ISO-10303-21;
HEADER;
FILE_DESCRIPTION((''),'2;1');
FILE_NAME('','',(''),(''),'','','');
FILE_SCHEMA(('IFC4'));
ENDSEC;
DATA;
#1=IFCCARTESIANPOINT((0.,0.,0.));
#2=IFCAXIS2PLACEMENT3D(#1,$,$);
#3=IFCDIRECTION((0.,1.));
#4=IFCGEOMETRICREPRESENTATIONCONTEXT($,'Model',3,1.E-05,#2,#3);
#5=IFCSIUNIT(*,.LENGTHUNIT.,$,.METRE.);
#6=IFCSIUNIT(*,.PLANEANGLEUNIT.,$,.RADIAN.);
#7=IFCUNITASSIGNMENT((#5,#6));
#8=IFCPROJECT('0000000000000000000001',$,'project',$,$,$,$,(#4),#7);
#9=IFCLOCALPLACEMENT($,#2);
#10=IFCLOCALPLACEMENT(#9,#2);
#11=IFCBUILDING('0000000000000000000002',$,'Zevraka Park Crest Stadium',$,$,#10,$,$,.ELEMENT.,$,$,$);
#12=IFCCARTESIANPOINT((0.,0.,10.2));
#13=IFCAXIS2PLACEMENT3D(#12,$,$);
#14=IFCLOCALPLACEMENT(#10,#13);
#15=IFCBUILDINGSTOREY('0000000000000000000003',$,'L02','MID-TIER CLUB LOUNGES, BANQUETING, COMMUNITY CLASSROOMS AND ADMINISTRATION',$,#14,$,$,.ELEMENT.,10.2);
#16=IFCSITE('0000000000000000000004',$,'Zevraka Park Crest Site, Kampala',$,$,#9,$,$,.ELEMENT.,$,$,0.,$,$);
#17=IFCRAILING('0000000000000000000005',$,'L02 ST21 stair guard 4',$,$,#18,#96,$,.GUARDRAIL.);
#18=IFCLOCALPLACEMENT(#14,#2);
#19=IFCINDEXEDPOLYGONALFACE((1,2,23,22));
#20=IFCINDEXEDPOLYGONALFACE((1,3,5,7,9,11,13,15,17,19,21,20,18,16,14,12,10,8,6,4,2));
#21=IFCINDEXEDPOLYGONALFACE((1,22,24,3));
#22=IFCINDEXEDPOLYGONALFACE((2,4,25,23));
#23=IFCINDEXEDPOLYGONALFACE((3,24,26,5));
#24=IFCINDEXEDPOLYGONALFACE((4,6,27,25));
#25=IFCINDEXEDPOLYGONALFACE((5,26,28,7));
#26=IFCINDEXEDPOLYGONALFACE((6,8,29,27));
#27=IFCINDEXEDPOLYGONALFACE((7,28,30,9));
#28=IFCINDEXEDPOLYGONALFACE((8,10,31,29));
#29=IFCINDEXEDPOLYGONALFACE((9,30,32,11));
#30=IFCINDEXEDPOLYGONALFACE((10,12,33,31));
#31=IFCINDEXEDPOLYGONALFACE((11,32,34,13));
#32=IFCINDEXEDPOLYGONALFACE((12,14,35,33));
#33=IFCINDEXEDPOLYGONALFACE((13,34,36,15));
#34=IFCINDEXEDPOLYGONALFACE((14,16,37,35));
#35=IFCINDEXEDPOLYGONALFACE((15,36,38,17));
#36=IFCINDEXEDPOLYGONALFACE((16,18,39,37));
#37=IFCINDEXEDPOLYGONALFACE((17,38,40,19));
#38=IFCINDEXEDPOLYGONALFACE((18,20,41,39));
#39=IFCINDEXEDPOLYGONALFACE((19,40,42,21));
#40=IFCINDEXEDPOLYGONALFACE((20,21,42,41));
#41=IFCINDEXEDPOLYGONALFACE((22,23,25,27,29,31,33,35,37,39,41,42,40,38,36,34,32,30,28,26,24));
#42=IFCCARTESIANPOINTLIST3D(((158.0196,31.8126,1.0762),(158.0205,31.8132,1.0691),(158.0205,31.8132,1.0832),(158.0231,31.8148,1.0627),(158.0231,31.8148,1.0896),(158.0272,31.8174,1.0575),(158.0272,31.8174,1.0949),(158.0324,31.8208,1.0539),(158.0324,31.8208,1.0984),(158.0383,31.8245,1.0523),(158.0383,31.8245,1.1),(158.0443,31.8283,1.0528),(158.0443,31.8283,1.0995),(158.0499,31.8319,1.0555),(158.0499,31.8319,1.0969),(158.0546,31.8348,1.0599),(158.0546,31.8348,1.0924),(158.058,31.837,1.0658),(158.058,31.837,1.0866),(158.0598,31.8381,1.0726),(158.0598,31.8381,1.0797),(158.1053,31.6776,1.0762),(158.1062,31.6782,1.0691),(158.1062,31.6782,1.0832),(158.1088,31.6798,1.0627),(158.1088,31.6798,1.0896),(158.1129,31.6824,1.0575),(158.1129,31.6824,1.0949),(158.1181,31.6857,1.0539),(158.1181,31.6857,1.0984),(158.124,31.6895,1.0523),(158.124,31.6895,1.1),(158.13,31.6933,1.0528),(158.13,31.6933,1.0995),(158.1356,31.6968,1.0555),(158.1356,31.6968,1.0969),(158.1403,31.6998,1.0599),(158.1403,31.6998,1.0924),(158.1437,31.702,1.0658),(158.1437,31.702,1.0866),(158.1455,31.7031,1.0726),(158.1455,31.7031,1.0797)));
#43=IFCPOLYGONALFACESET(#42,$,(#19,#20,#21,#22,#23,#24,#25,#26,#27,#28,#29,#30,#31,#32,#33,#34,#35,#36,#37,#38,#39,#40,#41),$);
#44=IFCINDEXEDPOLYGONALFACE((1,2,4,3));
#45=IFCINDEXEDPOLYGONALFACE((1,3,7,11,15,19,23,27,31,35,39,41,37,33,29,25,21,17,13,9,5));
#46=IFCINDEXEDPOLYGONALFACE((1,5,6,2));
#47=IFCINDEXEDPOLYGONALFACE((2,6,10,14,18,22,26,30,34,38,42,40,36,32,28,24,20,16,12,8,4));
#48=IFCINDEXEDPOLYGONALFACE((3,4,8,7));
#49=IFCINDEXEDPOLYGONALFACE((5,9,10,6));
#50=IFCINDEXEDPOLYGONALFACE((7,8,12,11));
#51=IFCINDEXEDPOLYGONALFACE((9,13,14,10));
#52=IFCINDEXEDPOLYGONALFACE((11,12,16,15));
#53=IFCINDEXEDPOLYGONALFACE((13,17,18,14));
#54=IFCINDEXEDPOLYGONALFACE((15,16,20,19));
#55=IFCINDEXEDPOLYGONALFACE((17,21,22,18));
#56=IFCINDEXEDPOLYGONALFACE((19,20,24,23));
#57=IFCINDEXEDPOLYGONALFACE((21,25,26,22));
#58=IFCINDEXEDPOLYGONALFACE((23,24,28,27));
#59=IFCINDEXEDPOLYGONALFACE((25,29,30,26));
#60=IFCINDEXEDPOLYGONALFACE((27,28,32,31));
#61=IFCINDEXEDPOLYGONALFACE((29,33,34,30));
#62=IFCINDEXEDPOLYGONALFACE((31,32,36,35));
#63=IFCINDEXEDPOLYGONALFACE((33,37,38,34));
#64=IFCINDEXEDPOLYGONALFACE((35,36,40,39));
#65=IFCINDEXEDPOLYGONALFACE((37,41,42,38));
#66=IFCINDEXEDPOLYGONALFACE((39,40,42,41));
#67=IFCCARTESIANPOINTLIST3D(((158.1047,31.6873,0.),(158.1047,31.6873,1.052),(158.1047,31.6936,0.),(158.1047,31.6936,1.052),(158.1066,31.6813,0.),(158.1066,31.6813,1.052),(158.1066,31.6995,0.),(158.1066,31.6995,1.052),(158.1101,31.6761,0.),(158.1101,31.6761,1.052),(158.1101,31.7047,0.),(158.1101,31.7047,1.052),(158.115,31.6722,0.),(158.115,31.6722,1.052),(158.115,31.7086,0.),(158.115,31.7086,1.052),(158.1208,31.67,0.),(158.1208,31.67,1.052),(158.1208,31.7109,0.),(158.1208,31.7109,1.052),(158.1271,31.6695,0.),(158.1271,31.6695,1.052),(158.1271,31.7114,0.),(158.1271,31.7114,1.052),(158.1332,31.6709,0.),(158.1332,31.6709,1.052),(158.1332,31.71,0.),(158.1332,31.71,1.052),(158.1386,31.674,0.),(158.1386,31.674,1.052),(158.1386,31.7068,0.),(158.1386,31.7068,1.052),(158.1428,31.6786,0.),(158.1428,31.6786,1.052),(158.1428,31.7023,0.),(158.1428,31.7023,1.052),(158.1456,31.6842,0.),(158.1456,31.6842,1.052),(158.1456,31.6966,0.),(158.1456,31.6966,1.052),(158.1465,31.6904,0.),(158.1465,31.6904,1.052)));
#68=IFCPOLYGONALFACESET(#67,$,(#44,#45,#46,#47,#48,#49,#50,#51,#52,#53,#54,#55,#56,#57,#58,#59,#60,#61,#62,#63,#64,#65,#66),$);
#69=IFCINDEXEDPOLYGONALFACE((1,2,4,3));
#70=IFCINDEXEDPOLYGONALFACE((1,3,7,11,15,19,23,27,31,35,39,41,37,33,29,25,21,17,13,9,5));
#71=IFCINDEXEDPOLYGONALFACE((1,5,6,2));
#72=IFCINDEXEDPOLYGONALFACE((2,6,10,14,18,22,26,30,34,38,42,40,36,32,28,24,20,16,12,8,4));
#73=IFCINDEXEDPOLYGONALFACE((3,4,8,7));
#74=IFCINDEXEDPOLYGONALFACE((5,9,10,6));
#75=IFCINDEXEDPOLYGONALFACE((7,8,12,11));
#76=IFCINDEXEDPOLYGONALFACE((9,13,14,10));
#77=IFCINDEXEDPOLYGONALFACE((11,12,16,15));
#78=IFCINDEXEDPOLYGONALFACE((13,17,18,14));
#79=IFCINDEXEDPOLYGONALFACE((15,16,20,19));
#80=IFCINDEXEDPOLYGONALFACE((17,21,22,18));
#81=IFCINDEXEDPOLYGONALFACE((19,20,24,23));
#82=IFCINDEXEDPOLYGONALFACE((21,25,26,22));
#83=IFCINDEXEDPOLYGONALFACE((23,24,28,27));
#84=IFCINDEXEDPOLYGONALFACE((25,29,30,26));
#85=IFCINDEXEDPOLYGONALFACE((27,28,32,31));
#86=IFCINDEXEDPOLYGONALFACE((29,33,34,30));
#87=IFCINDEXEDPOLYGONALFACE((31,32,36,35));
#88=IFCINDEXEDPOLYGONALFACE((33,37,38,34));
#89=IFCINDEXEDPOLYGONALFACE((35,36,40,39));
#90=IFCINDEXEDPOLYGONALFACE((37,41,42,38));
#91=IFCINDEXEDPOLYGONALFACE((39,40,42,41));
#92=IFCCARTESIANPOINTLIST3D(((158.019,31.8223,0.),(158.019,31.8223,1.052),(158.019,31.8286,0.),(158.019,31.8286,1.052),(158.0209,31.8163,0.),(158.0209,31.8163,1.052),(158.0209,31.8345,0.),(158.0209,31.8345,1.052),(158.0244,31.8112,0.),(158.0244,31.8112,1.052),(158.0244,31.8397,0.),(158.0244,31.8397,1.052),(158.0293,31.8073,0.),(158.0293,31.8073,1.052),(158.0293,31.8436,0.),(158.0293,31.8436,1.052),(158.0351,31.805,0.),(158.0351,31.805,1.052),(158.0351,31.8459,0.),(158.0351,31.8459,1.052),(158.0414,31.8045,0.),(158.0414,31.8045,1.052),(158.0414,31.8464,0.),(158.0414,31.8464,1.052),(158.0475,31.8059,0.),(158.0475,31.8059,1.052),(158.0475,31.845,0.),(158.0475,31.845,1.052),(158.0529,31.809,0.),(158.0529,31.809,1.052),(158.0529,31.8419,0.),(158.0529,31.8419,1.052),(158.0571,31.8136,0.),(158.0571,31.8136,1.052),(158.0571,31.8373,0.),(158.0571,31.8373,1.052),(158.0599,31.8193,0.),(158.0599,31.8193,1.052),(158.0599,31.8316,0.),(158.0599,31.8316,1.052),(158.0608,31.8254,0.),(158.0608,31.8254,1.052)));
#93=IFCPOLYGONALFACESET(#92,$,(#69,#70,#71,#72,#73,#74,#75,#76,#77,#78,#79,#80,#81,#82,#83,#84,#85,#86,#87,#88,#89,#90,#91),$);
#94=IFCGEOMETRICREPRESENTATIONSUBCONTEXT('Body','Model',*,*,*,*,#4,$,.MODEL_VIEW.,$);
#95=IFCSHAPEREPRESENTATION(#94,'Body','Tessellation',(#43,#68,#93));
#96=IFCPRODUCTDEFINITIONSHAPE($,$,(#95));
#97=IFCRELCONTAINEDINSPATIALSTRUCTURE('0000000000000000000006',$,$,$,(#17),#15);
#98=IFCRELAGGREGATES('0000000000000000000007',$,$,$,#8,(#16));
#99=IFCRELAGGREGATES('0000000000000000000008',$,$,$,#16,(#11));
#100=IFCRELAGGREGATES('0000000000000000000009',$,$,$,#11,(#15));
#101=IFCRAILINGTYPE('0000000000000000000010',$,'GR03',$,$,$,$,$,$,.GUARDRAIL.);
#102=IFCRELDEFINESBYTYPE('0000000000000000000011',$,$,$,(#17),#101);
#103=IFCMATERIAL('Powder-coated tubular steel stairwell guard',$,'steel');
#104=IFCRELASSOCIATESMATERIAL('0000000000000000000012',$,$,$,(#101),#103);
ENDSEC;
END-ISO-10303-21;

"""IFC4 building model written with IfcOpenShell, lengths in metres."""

from ifc_helpers import new_model, si_unit, direction, frame, origin, origin_2d, place, context, subcontext, project, spatial, circle, extrude, material, type_object, element, save


model = new_model("IFC4")

# Units and contexts
model_context = context("Model", 3, precision=1e-05, world=origin(), true_north=direction((0.0, 1.0)))
body_context = subcontext(model_context, "Body", "Model", "MODEL_VIEW")
ifc_project = project(units=[si_unit("LENGTHUNIT", "METRE"), si_unit("PLANEANGLEUNIT", "RADIAN")], contexts=[model_context])

# Site, building, storey
site_placement = place(None, origin())
site = spatial("IfcSite", under=ifc_project, at=site_placement, Name="Zevraka Park Crest Site, Kampala", CompositionType="ELEMENT", RefElevation=0.0)
building_placement = place(site_placement, origin())
building = spatial("IfcBuilding", under=site, at=building_placement, Name="Zevraka Park Crest Stadium", CompositionType="ELEMENT")
storey_placement = place(building_placement, frame((0.0, 0.0, 10.2)))
storey = spatial("IfcBuildingStorey", under=building, at=storey_placement, Name="L02", Description="MID-TIER CLUB LOUNGES, BANQUETING, COMMUNITY CLASSROOMS AND ADMINISTRATION", CompositionType="ELEMENT", Elevation=10.2)

# Railing
ifc_material_1 = material(Name="Powder-coated tubular steel stairwell guard", Category="steel")
railing_type_1 = type_object("IfcRailingType", Name="GR03", PredefinedType="GUARDRAIL", material=ifc_material_1)
railing_1_placement = place(storey_placement, frame((158.1255, 31.6904, 0.0)))
element("IfcRailing", 1, at=railing_1_placement, inside=storey, type_object=railing_type_1, Name="L02 ST21 stair guard 4", PredefinedType="GUARDRAIL", context=body_context, shape_type="SweptSolid", body=[
    extrude(circle(Radius=0.0239, at=origin_2d()), frame((0.0, 0.0, 1.0762), z_axis=(-0.535887, 0.84429, 0.0), x_axis=(-0.84429, -0.535887, 0.0)), (0.0, 0.0, 1.0), 0.1599),
    extrude(circle(Radius=0.021, at=origin_2d()), origin(), (0.0, 0.0, 1.0), 1.052),
    extrude(circle(Radius=0.021, at=origin_2d()), frame((-0.0857, 0.135, 0.0)), (0.0, 0.0, 1.0), 1.052),
])

save(model, "model.ifc")
